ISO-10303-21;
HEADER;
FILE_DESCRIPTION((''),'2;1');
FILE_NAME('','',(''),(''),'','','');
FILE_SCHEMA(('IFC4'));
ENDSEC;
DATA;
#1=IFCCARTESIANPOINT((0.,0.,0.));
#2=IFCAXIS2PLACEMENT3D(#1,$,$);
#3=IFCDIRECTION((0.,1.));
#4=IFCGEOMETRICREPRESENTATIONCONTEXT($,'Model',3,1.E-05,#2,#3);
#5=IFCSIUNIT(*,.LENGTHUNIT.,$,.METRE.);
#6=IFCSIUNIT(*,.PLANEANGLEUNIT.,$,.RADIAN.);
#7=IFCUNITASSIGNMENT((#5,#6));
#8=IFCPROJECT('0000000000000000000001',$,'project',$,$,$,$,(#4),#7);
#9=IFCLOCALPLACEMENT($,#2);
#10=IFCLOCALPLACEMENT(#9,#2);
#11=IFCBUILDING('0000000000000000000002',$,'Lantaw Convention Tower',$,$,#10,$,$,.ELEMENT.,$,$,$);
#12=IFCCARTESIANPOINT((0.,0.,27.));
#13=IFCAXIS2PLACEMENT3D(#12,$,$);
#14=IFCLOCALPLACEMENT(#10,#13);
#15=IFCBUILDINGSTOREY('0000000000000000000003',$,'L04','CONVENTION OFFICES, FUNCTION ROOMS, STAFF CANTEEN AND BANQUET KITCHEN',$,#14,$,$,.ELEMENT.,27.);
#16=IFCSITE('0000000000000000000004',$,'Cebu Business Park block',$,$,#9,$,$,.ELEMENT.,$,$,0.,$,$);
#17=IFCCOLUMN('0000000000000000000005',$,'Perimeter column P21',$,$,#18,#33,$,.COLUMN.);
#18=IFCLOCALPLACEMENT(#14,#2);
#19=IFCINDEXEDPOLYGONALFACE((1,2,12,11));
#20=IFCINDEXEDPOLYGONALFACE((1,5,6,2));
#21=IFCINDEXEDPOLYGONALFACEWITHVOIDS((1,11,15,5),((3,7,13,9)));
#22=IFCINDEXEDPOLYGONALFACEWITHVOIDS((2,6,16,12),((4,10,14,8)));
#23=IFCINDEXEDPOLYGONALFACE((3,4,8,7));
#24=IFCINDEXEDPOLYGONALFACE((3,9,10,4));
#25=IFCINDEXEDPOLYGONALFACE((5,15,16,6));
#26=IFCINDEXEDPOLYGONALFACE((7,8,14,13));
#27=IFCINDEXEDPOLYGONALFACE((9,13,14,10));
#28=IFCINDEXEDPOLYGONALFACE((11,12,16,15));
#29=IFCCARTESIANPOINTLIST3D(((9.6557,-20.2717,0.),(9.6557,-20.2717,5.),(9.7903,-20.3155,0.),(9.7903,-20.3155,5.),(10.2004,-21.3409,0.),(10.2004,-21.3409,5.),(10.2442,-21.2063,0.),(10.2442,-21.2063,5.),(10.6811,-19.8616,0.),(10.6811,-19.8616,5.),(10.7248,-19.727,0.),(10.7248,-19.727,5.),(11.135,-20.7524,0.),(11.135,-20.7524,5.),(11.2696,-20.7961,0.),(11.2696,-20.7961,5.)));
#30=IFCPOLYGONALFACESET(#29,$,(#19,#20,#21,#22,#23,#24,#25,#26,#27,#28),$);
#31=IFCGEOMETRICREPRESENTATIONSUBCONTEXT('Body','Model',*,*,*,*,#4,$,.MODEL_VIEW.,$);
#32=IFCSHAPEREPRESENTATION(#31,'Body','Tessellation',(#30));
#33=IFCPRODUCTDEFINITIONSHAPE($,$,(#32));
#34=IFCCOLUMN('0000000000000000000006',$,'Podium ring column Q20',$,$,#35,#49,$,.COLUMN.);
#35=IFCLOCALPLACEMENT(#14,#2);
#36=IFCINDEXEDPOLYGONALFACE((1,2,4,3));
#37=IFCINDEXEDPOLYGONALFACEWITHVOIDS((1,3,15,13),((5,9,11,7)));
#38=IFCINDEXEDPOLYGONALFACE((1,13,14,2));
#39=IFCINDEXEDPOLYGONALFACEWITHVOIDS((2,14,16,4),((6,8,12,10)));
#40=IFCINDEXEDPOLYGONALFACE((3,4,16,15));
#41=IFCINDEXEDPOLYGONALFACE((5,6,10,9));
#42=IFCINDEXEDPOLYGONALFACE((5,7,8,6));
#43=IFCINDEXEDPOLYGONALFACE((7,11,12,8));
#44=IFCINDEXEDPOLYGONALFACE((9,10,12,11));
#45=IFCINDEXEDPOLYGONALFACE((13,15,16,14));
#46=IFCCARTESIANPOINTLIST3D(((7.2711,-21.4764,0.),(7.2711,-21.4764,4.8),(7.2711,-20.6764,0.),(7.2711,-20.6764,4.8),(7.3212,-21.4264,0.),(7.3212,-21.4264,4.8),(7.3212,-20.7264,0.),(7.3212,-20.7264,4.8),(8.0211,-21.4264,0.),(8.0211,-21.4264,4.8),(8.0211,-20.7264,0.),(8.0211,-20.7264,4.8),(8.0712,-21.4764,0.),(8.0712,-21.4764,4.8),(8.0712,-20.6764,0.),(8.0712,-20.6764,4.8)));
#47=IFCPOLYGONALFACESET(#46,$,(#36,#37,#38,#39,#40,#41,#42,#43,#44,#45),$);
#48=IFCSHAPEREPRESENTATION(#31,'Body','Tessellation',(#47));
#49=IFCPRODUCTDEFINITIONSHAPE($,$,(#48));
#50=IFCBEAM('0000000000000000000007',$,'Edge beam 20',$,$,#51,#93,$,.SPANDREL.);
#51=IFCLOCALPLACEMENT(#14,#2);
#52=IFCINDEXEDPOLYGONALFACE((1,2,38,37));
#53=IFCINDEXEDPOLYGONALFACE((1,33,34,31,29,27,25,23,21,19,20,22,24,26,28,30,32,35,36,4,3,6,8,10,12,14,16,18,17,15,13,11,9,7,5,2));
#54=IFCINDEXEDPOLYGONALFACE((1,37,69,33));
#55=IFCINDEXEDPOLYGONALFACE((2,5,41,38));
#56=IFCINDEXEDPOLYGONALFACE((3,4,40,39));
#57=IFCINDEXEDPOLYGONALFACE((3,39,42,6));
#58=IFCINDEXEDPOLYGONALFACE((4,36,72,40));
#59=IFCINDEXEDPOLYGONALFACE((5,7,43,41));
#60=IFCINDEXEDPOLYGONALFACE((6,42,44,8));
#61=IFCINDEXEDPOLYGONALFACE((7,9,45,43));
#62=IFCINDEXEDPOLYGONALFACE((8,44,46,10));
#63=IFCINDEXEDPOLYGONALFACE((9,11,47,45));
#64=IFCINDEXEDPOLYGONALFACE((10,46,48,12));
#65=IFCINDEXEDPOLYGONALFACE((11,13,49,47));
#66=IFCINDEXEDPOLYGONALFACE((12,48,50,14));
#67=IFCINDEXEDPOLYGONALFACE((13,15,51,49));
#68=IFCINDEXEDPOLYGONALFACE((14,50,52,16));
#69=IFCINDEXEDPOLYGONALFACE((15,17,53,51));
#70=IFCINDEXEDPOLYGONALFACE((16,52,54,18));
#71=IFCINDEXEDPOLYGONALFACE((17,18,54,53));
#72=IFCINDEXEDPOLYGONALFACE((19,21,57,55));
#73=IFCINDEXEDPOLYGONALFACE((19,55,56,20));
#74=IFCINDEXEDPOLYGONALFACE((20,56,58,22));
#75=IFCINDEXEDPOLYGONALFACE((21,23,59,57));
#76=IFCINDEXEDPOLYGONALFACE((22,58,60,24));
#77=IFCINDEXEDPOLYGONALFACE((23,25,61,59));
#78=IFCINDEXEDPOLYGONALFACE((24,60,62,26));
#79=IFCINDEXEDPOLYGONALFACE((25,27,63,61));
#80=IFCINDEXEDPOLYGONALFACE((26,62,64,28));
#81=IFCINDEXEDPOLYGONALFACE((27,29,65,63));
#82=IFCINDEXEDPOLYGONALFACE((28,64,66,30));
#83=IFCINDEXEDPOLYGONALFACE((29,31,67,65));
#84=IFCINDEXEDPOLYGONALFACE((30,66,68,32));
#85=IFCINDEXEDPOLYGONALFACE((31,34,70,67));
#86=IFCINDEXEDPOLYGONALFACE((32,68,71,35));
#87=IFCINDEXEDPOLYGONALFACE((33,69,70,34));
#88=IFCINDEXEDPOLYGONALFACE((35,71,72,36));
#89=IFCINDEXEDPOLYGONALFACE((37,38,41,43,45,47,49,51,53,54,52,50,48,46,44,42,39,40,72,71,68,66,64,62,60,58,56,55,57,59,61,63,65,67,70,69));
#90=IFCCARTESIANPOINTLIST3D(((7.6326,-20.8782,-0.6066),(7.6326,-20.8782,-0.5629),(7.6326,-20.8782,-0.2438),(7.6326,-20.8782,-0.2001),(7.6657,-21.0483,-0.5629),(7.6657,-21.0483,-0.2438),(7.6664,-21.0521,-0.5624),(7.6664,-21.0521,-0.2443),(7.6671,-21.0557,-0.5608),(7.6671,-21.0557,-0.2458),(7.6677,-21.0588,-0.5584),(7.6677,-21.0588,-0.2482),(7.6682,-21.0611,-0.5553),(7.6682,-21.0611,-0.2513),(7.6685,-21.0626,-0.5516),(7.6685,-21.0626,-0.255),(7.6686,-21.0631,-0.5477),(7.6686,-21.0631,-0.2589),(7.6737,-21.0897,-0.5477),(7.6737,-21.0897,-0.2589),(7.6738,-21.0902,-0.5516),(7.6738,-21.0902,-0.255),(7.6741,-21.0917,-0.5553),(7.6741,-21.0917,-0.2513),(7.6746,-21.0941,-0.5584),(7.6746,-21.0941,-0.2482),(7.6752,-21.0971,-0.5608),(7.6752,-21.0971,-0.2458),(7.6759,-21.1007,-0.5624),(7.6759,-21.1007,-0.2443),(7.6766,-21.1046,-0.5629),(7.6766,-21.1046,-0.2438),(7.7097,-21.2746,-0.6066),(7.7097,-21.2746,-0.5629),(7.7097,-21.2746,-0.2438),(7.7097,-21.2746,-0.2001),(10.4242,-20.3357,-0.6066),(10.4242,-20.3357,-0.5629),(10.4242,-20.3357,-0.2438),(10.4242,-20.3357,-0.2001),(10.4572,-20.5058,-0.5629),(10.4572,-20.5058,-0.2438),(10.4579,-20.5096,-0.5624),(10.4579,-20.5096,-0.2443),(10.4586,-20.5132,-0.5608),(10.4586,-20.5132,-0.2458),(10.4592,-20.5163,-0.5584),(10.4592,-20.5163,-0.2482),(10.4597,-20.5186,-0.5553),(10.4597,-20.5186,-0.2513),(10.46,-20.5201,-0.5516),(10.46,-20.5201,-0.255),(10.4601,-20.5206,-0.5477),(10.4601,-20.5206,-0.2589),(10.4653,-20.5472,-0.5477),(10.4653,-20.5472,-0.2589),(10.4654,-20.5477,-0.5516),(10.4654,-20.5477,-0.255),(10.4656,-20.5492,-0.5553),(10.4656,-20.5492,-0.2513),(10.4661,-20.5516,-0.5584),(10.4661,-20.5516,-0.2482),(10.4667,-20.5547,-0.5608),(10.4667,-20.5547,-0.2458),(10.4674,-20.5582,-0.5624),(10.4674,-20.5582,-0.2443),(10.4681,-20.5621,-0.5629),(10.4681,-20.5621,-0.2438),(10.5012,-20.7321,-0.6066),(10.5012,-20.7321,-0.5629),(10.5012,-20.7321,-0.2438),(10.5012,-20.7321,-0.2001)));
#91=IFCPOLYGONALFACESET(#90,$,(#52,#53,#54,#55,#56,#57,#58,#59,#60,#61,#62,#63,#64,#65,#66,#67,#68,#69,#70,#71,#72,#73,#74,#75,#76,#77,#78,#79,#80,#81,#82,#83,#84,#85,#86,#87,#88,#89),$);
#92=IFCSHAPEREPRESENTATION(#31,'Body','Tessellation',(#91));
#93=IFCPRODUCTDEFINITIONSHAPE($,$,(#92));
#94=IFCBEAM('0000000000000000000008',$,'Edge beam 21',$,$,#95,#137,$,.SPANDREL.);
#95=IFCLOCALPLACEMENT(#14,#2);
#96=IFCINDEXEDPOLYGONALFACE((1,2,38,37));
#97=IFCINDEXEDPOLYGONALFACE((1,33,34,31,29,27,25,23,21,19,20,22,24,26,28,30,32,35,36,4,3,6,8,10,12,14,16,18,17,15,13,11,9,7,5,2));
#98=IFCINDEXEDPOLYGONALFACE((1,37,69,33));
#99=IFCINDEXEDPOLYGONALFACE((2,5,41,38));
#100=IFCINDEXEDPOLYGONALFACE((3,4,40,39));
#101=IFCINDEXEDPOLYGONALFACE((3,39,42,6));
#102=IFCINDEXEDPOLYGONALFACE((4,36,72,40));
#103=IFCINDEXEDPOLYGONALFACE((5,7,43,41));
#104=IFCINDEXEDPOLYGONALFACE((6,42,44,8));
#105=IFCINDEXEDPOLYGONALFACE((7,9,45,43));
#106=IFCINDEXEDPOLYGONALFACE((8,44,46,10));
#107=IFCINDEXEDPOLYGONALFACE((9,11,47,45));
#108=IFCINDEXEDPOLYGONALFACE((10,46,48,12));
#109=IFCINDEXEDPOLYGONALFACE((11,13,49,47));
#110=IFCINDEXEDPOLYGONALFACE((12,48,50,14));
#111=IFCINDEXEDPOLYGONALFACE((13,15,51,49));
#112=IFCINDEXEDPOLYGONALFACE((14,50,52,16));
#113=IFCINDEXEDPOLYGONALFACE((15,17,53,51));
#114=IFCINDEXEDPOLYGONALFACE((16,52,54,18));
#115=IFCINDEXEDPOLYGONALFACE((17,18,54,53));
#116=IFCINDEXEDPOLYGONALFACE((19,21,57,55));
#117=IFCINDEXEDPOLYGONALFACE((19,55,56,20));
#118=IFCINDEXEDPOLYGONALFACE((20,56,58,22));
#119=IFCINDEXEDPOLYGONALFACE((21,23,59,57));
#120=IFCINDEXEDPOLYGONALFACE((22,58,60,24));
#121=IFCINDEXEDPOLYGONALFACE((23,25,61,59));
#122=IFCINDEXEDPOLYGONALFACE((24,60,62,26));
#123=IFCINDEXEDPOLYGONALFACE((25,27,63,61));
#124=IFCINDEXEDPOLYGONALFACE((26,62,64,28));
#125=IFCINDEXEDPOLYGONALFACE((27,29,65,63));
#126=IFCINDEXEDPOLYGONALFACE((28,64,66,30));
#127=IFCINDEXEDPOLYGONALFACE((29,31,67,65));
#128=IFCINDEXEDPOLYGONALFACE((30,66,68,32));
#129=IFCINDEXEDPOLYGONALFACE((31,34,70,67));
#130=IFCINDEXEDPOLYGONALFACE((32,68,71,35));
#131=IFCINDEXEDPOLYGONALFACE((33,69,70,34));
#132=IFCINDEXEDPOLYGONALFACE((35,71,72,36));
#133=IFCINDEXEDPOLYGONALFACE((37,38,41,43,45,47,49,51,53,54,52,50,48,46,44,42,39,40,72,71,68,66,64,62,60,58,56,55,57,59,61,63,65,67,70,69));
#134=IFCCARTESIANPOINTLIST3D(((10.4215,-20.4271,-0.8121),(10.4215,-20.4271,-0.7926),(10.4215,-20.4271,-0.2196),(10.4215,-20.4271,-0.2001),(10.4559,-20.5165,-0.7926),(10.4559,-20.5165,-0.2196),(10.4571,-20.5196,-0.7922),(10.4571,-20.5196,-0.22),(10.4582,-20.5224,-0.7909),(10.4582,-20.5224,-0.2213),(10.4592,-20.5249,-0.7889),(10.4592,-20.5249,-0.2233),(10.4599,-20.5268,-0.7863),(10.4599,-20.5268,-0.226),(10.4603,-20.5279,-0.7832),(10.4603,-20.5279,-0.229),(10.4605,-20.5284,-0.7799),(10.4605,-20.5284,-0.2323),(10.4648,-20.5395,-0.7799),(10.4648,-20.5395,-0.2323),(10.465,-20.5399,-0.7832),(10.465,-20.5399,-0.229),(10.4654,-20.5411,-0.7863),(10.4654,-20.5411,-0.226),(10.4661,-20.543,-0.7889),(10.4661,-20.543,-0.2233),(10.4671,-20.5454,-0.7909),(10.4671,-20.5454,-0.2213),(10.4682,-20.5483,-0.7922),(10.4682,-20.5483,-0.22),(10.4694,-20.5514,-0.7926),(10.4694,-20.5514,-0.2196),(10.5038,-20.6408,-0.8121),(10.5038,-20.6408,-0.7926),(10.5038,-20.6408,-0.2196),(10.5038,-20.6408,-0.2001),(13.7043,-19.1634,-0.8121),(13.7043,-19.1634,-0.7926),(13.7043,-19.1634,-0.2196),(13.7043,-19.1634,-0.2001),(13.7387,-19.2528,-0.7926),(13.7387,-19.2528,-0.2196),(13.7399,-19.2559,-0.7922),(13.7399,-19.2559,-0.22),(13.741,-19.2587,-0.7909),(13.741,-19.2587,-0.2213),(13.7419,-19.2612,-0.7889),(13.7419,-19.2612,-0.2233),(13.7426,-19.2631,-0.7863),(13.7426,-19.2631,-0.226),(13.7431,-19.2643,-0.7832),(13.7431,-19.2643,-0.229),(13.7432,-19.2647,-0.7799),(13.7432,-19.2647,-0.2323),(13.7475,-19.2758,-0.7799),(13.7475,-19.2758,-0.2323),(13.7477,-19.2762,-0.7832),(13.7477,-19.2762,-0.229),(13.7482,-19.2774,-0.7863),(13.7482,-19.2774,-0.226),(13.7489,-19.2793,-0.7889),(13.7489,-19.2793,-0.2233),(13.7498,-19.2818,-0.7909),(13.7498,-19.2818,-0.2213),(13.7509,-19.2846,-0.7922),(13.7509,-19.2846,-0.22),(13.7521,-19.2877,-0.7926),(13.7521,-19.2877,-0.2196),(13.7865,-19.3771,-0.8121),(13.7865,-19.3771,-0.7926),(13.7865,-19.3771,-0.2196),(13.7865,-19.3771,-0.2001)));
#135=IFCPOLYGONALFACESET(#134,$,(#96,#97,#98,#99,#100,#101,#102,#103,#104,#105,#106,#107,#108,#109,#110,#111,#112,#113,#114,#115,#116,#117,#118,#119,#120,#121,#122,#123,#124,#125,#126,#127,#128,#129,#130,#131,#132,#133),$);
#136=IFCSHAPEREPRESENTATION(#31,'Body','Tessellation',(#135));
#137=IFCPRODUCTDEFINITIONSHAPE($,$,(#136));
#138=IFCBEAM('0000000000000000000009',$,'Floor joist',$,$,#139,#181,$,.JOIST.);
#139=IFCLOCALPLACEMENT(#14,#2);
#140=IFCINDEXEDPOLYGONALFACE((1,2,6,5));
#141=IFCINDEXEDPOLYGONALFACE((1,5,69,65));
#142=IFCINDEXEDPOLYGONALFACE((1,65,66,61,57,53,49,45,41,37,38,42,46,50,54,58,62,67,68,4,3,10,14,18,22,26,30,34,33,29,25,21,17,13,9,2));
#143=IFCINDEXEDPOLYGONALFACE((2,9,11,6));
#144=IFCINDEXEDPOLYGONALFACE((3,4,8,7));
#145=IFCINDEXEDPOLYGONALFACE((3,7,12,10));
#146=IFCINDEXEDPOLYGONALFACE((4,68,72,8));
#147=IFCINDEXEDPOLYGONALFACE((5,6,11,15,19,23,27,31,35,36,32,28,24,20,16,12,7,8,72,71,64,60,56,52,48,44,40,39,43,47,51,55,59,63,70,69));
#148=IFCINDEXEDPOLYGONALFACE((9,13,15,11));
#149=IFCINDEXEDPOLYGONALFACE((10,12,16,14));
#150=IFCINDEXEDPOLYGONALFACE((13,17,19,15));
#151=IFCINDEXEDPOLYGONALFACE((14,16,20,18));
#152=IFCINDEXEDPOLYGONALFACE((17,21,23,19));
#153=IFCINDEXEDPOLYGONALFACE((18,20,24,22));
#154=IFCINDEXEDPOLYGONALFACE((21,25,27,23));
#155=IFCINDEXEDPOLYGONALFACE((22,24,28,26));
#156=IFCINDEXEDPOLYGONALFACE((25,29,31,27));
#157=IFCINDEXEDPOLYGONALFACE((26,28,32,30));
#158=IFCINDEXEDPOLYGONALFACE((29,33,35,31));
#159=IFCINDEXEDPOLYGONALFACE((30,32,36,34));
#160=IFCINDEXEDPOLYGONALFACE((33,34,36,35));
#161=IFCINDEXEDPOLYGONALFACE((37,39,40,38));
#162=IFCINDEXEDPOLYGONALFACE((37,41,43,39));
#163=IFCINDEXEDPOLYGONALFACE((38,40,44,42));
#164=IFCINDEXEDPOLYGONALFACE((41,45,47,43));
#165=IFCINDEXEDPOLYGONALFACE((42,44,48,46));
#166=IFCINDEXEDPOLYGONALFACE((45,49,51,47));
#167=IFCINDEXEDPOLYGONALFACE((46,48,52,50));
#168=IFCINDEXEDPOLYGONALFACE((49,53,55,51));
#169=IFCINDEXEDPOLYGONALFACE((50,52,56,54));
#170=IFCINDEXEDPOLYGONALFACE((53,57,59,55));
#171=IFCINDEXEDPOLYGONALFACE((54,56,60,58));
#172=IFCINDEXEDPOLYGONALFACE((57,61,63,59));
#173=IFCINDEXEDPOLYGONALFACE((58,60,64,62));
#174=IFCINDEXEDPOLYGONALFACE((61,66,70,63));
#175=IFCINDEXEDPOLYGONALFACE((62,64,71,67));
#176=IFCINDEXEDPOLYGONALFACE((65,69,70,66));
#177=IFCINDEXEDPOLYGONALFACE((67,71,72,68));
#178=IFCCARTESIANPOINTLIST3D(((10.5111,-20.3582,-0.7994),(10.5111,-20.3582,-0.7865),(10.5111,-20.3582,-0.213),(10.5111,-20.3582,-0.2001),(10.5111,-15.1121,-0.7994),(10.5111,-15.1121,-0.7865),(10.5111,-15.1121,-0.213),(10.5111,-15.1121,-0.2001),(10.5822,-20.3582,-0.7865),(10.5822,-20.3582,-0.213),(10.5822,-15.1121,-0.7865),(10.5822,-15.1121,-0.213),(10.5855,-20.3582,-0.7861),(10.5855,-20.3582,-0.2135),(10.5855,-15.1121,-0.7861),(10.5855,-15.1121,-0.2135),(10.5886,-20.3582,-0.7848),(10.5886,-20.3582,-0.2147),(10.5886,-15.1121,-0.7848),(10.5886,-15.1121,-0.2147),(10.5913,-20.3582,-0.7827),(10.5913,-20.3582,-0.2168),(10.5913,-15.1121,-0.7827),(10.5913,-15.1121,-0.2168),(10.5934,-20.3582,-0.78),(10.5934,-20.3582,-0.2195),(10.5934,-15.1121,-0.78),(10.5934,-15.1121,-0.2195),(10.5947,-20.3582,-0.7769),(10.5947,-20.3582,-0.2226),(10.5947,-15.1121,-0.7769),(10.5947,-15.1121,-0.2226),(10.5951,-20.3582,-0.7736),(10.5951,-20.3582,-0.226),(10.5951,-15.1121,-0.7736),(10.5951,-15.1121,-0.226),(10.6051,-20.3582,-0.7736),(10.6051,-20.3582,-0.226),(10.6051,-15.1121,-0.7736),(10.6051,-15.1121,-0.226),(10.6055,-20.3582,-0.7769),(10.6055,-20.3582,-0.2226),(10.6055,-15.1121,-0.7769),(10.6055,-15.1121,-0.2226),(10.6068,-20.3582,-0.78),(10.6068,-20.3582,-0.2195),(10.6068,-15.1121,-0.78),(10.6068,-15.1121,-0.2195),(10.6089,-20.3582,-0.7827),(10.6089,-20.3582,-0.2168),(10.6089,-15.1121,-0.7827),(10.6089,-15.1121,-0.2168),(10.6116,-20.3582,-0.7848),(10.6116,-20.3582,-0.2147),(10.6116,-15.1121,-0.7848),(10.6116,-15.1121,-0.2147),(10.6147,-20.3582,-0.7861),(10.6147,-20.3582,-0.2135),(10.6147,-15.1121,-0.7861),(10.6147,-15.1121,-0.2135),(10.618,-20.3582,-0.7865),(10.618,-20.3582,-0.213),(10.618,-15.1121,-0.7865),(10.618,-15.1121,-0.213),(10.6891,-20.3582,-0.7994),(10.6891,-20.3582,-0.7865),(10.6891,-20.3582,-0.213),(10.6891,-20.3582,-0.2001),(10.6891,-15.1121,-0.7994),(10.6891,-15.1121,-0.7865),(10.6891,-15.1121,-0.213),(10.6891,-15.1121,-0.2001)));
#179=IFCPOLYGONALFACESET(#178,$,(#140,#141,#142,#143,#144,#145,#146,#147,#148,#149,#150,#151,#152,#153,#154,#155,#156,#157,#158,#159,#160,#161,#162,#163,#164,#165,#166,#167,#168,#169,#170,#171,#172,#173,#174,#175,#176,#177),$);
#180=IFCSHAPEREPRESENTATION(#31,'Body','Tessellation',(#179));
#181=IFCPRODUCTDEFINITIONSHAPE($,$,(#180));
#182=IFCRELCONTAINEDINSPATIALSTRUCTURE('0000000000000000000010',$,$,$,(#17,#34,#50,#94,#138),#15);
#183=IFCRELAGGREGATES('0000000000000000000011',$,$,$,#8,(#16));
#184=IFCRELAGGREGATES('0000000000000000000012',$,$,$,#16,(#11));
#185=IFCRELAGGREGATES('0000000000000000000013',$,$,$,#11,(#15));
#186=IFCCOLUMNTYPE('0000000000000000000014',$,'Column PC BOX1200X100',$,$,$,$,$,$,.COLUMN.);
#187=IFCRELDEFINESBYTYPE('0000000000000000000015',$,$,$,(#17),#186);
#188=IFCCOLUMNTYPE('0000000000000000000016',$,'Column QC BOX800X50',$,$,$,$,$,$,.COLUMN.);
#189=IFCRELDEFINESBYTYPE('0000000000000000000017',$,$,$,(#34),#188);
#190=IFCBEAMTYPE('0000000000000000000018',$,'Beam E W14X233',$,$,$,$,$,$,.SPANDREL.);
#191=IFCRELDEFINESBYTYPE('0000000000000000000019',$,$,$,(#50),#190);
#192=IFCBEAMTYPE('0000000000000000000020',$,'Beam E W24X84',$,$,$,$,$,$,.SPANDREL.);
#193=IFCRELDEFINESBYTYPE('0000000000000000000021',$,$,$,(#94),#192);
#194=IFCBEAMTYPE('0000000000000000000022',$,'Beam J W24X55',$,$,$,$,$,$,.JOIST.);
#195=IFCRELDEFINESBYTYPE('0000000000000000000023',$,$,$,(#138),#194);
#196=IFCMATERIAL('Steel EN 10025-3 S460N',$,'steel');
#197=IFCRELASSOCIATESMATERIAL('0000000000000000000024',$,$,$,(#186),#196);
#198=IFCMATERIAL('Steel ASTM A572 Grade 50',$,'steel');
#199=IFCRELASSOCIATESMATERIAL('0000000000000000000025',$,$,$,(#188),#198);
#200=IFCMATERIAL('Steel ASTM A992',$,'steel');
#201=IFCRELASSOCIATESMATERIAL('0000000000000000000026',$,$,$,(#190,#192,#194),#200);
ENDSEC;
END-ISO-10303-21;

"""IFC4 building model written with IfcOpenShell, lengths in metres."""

from ifc_helpers import new_model, si_unit, direction, frame, origin, origin_2d, place, context, subcontext, project, spatial, rectangle, hollow_rectangle, i_section, extrude, material, material_profile, profile_set, type_object, element, save


model = new_model("IFC4")

# Units and contexts
model_context = context("Model", 3, precision=1e-05, world=origin(), true_north=direction((0.0, 1.0)))
body_context = subcontext(model_context, "Body", "Model", "MODEL_VIEW")
ifc_project = project(units=[si_unit("LENGTHUNIT", "METRE"), si_unit("PLANEANGLEUNIT", "RADIAN")], contexts=[model_context])

# Site, building, storey
site_placement = place(None, origin())
site = spatial("IfcSite", under=ifc_project, at=site_placement, Name="Cebu Business Park block", CompositionType="ELEMENT", RefElevation=0.0)
building_placement = place(site_placement, origin())
building = spatial("IfcBuilding", under=site, at=building_placement, Name="Lantaw Convention Tower", CompositionType="ELEMENT")
storey_placement = place(building_placement, frame((0.0, 0.0, 27.0)))
storey = spatial("IfcBuildingStorey", under=building, at=storey_placement, Name="L04", Description="CONVENTION OFFICES, FUNCTION ROOMS, STAFF CANTEEN AND BANQUET KITCHEN", CompositionType="ELEMENT", Elevation=27.0)

# Columns
ifc_material_1 = material(Name="Steel EN 10025-3 S460N", Category="steel")
ifc_material_profile_1 = material_profile(ifc_material_1, hollow_rectangle(XDim=1.2, YDim=1.2, WallThickness=0.1001, at=origin_2d()), Name="BOX1200X100")
ifc_material_2 = material(Name="Concrete C60/75", Category="concrete")
ifc_material_profile_2 = material_profile(ifc_material_2, rectangle(XDim=1.0, YDim=1.0, at=origin_2d()), Name="Concrete fill of BOX1200X100")
ifc_profile_set_1 = profile_set([ifc_material_profile_1, ifc_material_profile_2], Name="Steel EN 10025-3 S460N")
column_type_1 = type_object("IfcColumnType", Name="Column PC BOX1200X100", PredefinedType="COLUMN", material=ifc_profile_set_1)
column_1_placement = place(storey_placement, frame((10.4626, -20.5339, 0.0), z_axis=(0.0, 0.0, 1.0), x_axis=(0.891007, 0.45399, 0.0)))
element("IfcColumn", 1, at=column_1_placement, inside=storey, type_object=column_type_1, Name="Perimeter column P21", PredefinedType="COLUMN", context=body_context, shape_type="SweptSolid", body=[
    extrude(hollow_rectangle(XDim=1.2, YDim=1.2, WallThickness=0.1001, at=origin_2d()), origin(), (0.0, 0.0, 1.0), 5.0),
])
ifc_material_3 = material(Name="Steel ASTM A572 Grade 50", Category="steel")
ifc_material_profile_3 = material_profile(ifc_material_3, hollow_rectangle(XDim=0.8, YDim=0.8, WallThickness=0.05, at=origin_2d()), Name="BOX800X50")
ifc_profile_set_2 = profile_set([ifc_material_profile_3], Name="Steel ASTM A572 Grade 50")
column_type_2 = type_object("IfcColumnType", Name="Column QC BOX800X50", PredefinedType="COLUMN", material=ifc_profile_set_2)
column_2_placement = place(storey_placement, frame((7.6711, -21.0764, 0.0), z_axis=(0.0, 0.0, 1.0), x_axis=(1.0, 0.0, 0.0)))
element("IfcColumn", 2, at=column_2_placement, inside=storey, type_object=column_type_2, Name="Podium ring column Q20", PredefinedType="COLUMN", context=body_context, shape_type="SweptSolid", body=[
    extrude(hollow_rectangle(XDim=0.8, YDim=0.8, WallThickness=0.05, at=origin_2d()), origin(), (0.0, 0.0, 1.0), 4.8),
])

# Beams
ifc_material_4 = material(Name="Steel ASTM A992", Category="steel")
ifc_material_profile_4 = material_profile(ifc_material_4, i_section(OverallWidth=0.4038, OverallDepth=0.4065, WebThickness=0.0271, FlangeThickness=0.0437, FilletRadius=0.0151, at=origin_2d()), Name="W14X233")
ifc_profile_set_3 = profile_set([ifc_material_profile_4], Name="Steel ASTM A992")
beam_type_1 = type_object("IfcBeamType", Name="Beam E W14X233", PredefinedType="SPANDREL", material=ifc_profile_set_3)
beam_1_placement = place(storey_placement, frame((7.6711, -21.0764, -0.4033), z_axis=(0.981636, 0.190764, 0.0), x_axis=(-0.190764, 0.981636, 0.0)))
element("IfcBeam", 3, at=beam_1_placement, inside=storey, type_object=beam_type_1, Name="Edge beam 20", PredefinedType="SPANDREL", context=body_context, shape_type="SweptSolid", body=[
    extrude(i_section(OverallWidth=0.4038, OverallDepth=0.4065, WebThickness=0.0271, FlangeThickness=0.0437, FilletRadius=0.0151, at=origin_2d()), origin(), (0.0, 0.0, 1.0), 2.8438),
])
ifc_material_profile_5 = material_profile(ifc_material_4, i_section(OverallWidth=0.229, OverallDepth=0.6121, WebThickness=0.012, FlangeThickness=0.0195, FilletRadius=0.0127, at=origin_2d()), Name="W24X84")
ifc_profile_set_4 = profile_set([ifc_material_profile_5], Name="Steel ASTM A992")
beam_type_2 = type_object("IfcBeamType", Name="Beam E W24X84", PredefinedType="SPANDREL", material=ifc_profile_set_4)
beam_2_placement = place(storey_placement, frame((10.4626, -20.5339, -0.5061), z_axis=(0.933242, 0.359249, 0.0), x_axis=(-0.359249, 0.933242, 0.0)))
element("IfcBeam", 4, at=beam_2_placement, inside=storey, type_object=beam_type_2, Name="Edge beam 21", PredefinedType="SPANDREL", context=body_context, shape_type="SweptSolid", body=[
    extrude(i_section(OverallWidth=0.229, OverallDepth=0.6121, WebThickness=0.012, FlangeThickness=0.0195, FilletRadius=0.0127, at=origin_2d()), origin(), (0.0, 0.0, 1.0), 3.5176),
])
ifc_material_profile_6 = material_profile(ifc_material_4, i_section(OverallWidth=0.178, OverallDepth=0.5994, WebThickness=0.01, FlangeThickness=0.0129, FilletRadius=0.0129, at=origin_2d()), Name="W24X55")
ifc_profile_set_5 = profile_set([ifc_material_profile_6], Name="Steel ASTM A992")
beam_type_3 = type_object("IfcBeamType", Name="Beam J W24X55", PredefinedType="JOIST", material=ifc_profile_set_5)
beam_3_placement = place(storey_placement, frame((10.6001, -20.3582, -0.4998), z_axis=(0.0, 1.0, 0.0), x_axis=(-1.0, 0.0, 0.0)))
element("IfcBeam", 5, at=beam_3_placement, inside=storey, type_object=beam_type_3, Name="Floor joist", PredefinedType="JOIST", context=body_context, shape_type="SweptSolid", body=[
    extrude(i_section(OverallWidth=0.178, OverallDepth=0.5994, WebThickness=0.01, FlangeThickness=0.0129, FilletRadius=0.0129, at=origin_2d()), origin(), (0.0, 0.0, 1.0), 5.2461),
])

save(model, "model.ifc")
